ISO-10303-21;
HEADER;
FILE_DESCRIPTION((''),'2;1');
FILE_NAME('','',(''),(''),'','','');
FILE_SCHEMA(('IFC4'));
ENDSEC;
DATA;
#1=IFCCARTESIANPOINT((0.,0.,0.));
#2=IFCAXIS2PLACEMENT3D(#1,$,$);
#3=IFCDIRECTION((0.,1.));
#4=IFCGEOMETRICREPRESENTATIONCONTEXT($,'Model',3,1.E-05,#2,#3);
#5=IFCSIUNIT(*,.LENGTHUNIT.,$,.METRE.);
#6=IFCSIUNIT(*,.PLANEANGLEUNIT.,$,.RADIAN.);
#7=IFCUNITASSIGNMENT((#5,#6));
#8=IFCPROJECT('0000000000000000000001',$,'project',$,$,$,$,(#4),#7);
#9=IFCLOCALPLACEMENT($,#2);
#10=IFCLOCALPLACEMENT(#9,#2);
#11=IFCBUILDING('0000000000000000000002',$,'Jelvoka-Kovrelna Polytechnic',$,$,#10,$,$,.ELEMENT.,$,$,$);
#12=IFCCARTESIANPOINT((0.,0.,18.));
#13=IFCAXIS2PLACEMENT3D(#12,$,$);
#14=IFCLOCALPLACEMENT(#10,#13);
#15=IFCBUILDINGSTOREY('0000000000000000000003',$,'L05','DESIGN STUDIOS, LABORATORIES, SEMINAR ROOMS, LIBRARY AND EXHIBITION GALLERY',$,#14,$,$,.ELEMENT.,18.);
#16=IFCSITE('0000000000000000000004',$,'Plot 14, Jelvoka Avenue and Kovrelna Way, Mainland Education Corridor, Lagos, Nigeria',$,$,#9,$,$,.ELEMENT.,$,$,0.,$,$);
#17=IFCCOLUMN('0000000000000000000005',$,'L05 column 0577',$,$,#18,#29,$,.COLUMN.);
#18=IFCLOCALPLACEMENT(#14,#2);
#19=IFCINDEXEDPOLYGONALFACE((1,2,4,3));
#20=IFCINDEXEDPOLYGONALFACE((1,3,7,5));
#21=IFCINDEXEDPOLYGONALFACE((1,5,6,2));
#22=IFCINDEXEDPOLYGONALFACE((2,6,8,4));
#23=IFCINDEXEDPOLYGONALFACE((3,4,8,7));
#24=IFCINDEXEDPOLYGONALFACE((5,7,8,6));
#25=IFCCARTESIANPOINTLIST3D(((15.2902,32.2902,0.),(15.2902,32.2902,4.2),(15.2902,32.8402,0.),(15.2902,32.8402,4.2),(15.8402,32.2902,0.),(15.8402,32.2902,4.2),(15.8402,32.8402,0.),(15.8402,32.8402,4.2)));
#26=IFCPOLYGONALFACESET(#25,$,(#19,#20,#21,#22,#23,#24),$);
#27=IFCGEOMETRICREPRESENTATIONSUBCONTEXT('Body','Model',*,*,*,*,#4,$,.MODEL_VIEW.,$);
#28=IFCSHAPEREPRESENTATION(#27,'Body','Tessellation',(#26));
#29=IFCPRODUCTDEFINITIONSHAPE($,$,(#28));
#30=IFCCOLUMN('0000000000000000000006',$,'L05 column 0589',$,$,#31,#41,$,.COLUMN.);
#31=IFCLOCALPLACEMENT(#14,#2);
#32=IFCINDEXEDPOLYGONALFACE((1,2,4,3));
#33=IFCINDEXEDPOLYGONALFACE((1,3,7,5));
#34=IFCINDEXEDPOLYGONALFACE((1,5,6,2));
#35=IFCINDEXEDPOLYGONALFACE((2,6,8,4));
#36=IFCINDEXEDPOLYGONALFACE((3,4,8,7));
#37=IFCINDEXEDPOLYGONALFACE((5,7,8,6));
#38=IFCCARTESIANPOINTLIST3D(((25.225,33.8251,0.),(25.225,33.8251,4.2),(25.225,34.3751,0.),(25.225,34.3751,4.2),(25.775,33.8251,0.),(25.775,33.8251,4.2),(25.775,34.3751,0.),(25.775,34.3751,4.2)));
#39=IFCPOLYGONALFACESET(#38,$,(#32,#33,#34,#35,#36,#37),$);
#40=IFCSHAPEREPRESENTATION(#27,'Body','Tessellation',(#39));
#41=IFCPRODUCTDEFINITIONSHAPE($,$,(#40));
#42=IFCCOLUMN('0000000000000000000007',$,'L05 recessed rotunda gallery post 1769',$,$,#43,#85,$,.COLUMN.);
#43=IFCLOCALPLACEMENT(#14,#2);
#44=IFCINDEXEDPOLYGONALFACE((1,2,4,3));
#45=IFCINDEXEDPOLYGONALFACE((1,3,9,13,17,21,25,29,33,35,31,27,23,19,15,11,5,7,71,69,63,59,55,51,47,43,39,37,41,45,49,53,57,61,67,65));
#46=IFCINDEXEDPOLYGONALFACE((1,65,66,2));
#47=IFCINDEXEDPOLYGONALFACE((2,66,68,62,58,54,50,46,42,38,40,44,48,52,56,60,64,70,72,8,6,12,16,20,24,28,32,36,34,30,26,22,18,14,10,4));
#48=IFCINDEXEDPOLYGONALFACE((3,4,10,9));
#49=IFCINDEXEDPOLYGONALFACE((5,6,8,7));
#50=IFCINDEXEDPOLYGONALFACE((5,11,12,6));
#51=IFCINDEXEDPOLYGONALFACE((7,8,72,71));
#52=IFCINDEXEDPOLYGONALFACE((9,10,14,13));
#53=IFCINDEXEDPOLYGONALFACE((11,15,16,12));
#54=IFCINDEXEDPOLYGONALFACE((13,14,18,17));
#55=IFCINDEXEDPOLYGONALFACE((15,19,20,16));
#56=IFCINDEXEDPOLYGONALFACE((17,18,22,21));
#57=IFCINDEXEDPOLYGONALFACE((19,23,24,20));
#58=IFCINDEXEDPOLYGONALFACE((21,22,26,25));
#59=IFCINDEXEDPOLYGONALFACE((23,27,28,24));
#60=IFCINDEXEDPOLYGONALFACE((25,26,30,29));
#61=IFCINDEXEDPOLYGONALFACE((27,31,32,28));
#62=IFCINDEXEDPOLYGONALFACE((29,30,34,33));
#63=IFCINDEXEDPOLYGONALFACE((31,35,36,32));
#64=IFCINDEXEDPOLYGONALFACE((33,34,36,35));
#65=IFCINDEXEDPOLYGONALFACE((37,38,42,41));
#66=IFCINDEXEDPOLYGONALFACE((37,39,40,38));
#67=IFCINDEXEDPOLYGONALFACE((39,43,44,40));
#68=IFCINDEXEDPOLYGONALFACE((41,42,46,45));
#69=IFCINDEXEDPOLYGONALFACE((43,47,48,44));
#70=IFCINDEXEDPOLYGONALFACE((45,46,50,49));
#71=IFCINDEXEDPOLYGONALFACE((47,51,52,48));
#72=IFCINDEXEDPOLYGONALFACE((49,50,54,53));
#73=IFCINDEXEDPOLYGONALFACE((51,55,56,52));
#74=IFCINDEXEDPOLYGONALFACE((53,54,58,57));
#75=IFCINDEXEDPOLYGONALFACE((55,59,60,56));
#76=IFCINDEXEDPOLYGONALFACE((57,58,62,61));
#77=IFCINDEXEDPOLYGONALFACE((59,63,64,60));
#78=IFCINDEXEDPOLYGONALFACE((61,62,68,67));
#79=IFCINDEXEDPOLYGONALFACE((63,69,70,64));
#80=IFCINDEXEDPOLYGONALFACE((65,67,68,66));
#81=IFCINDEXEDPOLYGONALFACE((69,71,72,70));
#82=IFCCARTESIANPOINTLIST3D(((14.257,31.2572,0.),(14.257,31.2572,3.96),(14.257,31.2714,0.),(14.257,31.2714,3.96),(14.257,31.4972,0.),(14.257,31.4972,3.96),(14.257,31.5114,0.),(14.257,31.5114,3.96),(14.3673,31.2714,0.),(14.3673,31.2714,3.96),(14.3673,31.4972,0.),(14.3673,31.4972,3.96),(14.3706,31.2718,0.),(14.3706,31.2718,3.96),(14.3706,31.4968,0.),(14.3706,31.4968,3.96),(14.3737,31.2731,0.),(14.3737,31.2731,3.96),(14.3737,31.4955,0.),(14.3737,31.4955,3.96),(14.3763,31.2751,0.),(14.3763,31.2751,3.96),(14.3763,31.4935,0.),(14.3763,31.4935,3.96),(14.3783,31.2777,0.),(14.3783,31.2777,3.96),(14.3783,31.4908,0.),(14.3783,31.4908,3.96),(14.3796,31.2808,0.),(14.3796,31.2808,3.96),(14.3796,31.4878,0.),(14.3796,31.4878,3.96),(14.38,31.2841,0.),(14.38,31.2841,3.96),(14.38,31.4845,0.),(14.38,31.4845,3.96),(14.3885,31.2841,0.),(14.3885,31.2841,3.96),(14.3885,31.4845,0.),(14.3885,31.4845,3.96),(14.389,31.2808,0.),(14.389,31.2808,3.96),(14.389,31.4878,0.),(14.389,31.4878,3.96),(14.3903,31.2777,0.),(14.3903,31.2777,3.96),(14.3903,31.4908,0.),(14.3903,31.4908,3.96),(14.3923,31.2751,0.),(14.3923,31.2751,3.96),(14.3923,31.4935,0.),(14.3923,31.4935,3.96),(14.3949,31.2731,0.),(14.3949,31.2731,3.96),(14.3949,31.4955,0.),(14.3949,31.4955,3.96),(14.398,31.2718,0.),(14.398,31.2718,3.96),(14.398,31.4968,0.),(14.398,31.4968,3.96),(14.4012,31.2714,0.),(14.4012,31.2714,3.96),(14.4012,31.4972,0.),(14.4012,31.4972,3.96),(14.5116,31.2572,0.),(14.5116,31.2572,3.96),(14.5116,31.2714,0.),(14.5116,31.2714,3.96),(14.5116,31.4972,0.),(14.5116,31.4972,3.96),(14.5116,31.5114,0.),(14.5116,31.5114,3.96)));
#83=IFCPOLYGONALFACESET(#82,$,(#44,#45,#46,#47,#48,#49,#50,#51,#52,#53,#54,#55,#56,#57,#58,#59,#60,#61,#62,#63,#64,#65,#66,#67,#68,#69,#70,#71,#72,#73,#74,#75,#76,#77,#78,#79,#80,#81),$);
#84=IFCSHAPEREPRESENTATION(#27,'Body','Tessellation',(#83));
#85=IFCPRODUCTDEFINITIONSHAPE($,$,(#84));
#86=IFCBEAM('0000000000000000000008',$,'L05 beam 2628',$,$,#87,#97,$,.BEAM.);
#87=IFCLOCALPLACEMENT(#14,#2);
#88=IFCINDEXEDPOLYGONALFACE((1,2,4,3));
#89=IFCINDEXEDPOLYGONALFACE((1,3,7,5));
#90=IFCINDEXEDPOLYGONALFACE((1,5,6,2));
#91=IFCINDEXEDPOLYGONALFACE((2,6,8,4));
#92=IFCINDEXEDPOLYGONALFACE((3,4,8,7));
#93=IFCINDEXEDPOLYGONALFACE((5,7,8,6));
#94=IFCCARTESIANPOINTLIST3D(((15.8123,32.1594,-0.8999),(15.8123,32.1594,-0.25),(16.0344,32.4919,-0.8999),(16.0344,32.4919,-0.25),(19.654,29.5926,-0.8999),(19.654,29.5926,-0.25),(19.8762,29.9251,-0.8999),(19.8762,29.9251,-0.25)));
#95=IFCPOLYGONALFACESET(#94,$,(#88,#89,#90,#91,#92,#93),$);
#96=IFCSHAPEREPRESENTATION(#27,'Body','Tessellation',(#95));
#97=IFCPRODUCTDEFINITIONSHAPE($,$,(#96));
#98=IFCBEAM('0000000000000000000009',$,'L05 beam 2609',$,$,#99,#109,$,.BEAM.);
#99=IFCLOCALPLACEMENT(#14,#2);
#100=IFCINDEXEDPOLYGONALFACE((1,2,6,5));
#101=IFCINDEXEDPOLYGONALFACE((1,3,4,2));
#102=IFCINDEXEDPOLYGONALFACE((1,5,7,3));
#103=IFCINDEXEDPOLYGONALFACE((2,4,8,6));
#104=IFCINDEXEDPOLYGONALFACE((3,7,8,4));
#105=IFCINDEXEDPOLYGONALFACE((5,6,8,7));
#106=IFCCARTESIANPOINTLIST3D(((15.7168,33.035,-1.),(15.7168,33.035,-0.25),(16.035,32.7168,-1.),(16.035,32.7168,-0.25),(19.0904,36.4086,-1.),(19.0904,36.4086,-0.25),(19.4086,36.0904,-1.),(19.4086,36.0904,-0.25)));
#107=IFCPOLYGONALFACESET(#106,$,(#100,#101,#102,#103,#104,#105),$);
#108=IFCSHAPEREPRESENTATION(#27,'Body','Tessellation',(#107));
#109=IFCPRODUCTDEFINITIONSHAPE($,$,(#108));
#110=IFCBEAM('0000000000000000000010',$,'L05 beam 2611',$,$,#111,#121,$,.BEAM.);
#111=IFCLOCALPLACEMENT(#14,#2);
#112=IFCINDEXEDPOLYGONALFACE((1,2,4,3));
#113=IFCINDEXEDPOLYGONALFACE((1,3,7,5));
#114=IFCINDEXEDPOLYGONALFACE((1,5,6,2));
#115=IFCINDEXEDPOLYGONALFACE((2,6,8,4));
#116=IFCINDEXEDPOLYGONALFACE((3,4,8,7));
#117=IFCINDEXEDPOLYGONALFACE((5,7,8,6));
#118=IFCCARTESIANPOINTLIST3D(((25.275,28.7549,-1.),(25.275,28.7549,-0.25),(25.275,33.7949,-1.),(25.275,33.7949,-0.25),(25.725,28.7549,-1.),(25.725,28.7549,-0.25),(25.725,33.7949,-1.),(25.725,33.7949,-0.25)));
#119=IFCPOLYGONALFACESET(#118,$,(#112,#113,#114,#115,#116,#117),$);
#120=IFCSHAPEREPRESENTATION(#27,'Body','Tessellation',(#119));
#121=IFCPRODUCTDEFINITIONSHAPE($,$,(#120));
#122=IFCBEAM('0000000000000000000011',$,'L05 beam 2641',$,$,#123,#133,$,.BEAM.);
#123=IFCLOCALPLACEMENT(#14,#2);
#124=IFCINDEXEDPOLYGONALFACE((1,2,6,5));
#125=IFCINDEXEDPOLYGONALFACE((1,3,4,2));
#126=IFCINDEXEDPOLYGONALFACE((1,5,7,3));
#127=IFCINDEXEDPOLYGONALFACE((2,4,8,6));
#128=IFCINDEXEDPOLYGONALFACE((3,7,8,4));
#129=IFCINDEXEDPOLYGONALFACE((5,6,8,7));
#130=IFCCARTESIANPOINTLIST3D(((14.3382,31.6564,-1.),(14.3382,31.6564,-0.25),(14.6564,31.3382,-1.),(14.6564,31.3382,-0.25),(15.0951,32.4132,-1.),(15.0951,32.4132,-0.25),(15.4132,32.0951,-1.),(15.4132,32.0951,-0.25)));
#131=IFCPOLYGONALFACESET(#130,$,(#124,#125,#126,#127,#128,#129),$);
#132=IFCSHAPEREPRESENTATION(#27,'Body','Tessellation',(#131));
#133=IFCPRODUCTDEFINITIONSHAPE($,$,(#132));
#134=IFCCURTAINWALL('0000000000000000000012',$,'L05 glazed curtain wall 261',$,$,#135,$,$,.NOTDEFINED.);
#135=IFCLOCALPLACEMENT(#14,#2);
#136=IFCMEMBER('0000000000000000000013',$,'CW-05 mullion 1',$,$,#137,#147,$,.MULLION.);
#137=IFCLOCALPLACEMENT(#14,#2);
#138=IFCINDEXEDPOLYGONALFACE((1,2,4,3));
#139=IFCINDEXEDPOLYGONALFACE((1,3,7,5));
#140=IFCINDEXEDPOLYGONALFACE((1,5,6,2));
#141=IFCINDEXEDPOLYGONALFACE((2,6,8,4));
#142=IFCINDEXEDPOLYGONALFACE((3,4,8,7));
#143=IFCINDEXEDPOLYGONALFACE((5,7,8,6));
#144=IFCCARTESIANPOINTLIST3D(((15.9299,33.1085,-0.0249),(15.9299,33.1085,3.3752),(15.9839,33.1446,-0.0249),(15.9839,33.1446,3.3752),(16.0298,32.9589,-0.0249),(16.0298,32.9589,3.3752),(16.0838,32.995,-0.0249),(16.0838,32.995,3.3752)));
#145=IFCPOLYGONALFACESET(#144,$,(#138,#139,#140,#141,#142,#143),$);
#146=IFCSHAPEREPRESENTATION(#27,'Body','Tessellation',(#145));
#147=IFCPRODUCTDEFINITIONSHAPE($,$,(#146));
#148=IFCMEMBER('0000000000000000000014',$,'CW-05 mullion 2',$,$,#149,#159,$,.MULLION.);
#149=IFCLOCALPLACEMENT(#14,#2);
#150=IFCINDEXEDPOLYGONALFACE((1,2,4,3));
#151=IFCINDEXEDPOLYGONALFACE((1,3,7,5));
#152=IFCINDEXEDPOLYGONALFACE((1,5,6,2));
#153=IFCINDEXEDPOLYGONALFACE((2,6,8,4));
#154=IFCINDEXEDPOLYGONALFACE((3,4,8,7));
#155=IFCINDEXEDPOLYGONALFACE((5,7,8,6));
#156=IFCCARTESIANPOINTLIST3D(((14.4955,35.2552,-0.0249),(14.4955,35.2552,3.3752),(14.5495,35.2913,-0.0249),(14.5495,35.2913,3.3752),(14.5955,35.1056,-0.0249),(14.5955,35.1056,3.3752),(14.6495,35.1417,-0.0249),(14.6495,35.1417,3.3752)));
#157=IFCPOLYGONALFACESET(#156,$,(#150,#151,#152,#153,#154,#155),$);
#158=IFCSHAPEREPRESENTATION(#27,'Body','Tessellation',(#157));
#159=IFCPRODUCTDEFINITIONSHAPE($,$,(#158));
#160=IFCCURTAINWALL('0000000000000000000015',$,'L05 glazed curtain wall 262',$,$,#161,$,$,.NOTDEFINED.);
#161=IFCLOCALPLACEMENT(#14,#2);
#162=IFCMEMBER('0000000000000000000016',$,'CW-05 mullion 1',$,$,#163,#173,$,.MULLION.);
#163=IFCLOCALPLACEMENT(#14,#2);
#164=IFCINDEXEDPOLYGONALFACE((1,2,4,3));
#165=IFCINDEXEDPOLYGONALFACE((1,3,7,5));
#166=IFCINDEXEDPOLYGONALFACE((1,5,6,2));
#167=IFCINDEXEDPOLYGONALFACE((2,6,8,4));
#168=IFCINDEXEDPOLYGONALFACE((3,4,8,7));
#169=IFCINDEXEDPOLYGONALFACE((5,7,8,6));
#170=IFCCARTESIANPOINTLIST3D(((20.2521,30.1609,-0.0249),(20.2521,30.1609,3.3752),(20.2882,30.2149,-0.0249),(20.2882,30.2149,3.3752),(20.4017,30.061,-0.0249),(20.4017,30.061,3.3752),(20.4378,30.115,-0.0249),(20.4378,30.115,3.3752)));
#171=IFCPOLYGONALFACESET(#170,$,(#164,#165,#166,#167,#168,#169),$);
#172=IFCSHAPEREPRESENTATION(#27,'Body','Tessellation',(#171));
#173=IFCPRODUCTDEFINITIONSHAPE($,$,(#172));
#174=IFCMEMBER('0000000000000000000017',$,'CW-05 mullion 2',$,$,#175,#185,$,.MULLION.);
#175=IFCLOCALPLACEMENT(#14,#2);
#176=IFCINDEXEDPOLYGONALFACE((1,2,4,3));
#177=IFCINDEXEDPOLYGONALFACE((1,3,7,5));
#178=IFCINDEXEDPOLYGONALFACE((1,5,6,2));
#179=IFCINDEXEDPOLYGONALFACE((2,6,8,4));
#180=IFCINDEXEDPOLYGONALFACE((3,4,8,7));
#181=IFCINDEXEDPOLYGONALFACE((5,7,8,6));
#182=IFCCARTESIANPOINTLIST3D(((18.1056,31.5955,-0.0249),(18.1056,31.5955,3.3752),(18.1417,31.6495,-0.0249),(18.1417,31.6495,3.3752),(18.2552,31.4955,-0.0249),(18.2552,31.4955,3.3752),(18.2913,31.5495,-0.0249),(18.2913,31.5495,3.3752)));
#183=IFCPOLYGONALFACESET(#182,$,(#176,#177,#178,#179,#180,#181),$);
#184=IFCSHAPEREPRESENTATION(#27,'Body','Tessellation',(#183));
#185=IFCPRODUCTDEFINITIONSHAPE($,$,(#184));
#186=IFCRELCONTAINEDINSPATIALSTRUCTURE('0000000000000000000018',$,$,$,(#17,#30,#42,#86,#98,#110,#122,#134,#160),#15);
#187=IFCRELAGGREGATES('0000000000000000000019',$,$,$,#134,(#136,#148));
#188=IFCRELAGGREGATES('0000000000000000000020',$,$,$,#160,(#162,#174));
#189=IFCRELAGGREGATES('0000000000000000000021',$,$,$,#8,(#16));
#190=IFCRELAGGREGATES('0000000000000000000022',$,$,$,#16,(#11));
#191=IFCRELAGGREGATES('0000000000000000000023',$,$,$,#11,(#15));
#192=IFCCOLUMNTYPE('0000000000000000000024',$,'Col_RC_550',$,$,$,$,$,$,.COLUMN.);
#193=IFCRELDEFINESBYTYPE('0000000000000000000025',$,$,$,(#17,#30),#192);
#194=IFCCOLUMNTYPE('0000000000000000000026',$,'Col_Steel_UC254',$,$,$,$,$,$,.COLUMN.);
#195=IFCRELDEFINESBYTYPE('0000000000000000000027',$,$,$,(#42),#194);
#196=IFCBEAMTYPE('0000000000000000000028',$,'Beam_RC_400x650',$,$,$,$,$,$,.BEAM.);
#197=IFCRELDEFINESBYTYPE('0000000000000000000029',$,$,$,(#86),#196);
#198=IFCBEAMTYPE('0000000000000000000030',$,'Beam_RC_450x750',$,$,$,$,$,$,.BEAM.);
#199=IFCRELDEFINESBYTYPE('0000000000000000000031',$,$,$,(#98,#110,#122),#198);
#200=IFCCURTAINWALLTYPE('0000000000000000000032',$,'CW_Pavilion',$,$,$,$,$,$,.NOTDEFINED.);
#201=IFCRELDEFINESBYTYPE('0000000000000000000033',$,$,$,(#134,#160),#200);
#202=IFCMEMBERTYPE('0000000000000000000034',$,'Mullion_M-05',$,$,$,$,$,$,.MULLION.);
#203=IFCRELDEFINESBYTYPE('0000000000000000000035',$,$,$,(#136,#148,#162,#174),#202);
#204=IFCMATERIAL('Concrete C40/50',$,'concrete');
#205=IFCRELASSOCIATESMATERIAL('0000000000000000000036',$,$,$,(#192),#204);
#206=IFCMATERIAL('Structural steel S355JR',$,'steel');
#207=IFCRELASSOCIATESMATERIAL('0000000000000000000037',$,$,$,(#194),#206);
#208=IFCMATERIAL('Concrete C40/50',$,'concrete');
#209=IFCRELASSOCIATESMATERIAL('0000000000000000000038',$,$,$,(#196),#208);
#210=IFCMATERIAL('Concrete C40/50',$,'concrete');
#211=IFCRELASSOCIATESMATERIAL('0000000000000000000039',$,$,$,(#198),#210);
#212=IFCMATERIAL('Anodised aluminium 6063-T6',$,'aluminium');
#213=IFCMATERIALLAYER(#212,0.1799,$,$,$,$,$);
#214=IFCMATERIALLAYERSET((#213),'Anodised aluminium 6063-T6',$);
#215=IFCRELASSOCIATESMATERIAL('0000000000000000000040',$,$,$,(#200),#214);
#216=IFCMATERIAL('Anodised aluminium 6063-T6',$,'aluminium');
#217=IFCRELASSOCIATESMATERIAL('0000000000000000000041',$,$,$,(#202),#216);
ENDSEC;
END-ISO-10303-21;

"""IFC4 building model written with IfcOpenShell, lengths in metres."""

from ifc_helpers import new_model, si_unit, direction, frame, origin, origin_2d, place, context, subcontext, project, spatial, rectangle, i_section, extrude, material, layer, layer_set, material_profile, profile_set, type_object, element, aggregate, save


model = new_model("IFC4")

# Units and contexts
model_context = context("Model", 3, precision=1e-05, world=origin(), true_north=direction((0.0, 1.0)))
body_context = subcontext(model_context, "Body", "Model", "MODEL_VIEW")
ifc_project = project(units=[si_unit("LENGTHUNIT", "METRE"), si_unit("PLANEANGLEUNIT", "RADIAN")], contexts=[model_context])

# Site, building, storey
site_placement = place(None, origin())
site = spatial("IfcSite", under=ifc_project, at=site_placement, Name="Plot 14, Jelvoka Avenue and Kovrelna Way, Mainland Education Corridor, Lagos, Nigeria", CompositionType="ELEMENT", RefElevation=0.0)
building_placement = place(site_placement, origin())
building = spatial("IfcBuilding", under=site, at=building_placement, Name="Jelvoka-Kovrelna Polytechnic", CompositionType="ELEMENT")
storey_placement = place(building_placement, frame((0.0, 0.0, 18.0)))
storey = spatial("IfcBuildingStorey", under=building, at=storey_placement, Name="L05", Description="DESIGN STUDIOS, LABORATORIES, SEMINAR ROOMS, LIBRARY AND EXHIBITION GALLERY", CompositionType="ELEMENT", Elevation=18.0)

# Columns
ifc_material_1 = material(Name="Concrete C40/50", Category="concrete")
ifc_material_profile_1 = material_profile(ifc_material_1, rectangle(XDim=0.55, YDim=0.55, at=origin_2d()), Name="RC 550x550")
ifc_profile_set_1 = profile_set([ifc_material_profile_1], Name="Concrete C40/50")
column_type_1 = type_object("IfcColumnType", Name="Col_RC_550", PredefinedType="COLUMN", material=ifc_profile_set_1)
for number, where, z_axis, x_axis, name in (
    (1, (15.5652, 32.5652, 0.0), (0.0, 0.0, 1.0), (1.0, 0.0, 0.0), "L05 column 0577"),
    (2, (25.5, 34.1001, 0.0), (0.0, 0.0, 1.0), (1.0, 0.0, 0.0), "L05 column 0589"),
):
    element("IfcColumn", number, at=place(storey_placement, frame(where, z_axis=z_axis, x_axis=x_axis)), inside=storey, type_object=column_type_1, Name=name, PredefinedType="COLUMN", context=body_context, shape_type="SweptSolid", body=[
        extrude(rectangle(XDim=0.55, YDim=0.55, at=origin_2d()), origin(), (0.0, 0.0, 1.0), 4.2),
    ])
ifc_material_2 = material(Name="Structural steel S355JR", Category="steel")
ifc_material_profile_2 = material_profile(ifc_material_2, i_section(OverallWidth=0.2546, OverallDepth=0.2542, WebThickness=0.0085, FlangeThickness=0.0142, FilletRadius=0.0127, at=origin_2d()), Name="254x254x73 UC")
ifc_profile_set_2 = profile_set([ifc_material_profile_2], Name="Structural steel S355JR")
column_type_2 = type_object("IfcColumnType", Name="Col_Steel_UC254", PredefinedType="COLUMN", material=ifc_profile_set_2)
column_placement = place(storey_placement, frame((14.3843, 31.3843, 0.0), z_axis=(0.0, 0.0, 1.0), x_axis=(1.0, 0.0, 0.0)))
element("IfcColumn", 3, at=column_placement, inside=storey, type_object=column_type_2, Name="L05 recessed rotunda gallery post 1769", PredefinedType="COLUMN", context=body_context, shape_type="SweptSolid", body=[
    extrude(i_section(OverallWidth=0.2546, OverallDepth=0.2542, WebThickness=0.0085, FlangeThickness=0.0142, FilletRadius=0.0127, at=origin_2d()), origin(), (0.0, 0.0, 1.0), 3.96),
])

# Beams
ifc_material_3 = material(Name="Concrete C40/50", Category="concrete")
ifc_material_profile_3 = material_profile(ifc_material_3, rectangle(XDim=0.3999, YDim=0.6499, at=origin_2d()), Name="RC 400x650")
ifc_profile_set_3 = profile_set([ifc_material_profile_3], Name="Concrete C40/50")
beam_type_1 = type_object("IfcBeamType", Name="Beam_RC_400x650", PredefinedType="BEAM", material=ifc_profile_set_3)
beam_1_placement = place(storey_placement, frame((15.9233, 32.3257, -0.575), z_axis=(0.831481, -0.555553, 0.0), x_axis=(0.555553, 0.831481, 0.0)))
element("IfcBeam", 4, at=beam_1_placement, inside=storey, type_object=beam_type_1, Name="L05 beam 2628", PredefinedType="BEAM", context=body_context, shape_type="SweptSolid", body=[
    extrude(rectangle(XDim=0.3999, YDim=0.6499, at=origin_2d()), origin(), (0.0, 0.0, 1.0), 4.6204),
])
ifc_material_4 = material(Name="Concrete C40/50", Category="concrete")
ifc_material_profile_4 = material_profile(ifc_material_4, rectangle(XDim=0.45, YDim=0.75, at=origin_2d()), Name="RC 450x750")
ifc_profile_set_4 = profile_set([ifc_material_profile_4], Name="Concrete C40/50")
beam_type_2 = type_object("IfcBeamType", Name="Beam_RC_450x750", PredefinedType="BEAM", material=ifc_profile_set_4)
beam_2_placement = place(storey_placement, frame((19.2495, 36.2495, -0.625), z_axis=(-0.707107, -0.707107, 0.0), x_axis=(0.707107, -0.707107, 0.0)))
element("IfcBeam", 5, at=beam_2_placement, inside=storey, type_object=beam_type_2, Name="L05 beam 2609", PredefinedType="BEAM", context=body_context, shape_type="SweptSolid", body=[
    extrude(rectangle(XDim=0.45, YDim=0.75, at=origin_2d()), origin(), (0.0, 0.0, 1.0), 4.771),
])
beam_3_placement = place(storey_placement, frame((25.5, 33.7949, -0.625), z_axis=(0.0, -1.0, 0.0), x_axis=(1.0, 0.0, 0.0)))
element("IfcBeam", 6, at=beam_3_placement, inside=storey, type_object=beam_type_2, Name="L05 beam 2611", PredefinedType="BEAM", context=body_context, shape_type="SweptSolid", body=[
    extrude(rectangle(XDim=0.45, YDim=0.75, at=origin_2d()), origin(), (0.0, 0.0, 1.0), 5.04),
])
beam_4_placement = place(storey_placement, frame((15.2542, 32.2542, -0.625), z_axis=(-0.707107, -0.707107, 0.0), x_axis=(0.707107, -0.707107, 0.0)))
element("IfcBeam", 7, at=beam_4_placement, inside=storey, type_object=beam_type_2, Name="L05 beam 2641", PredefinedType="BEAM", context=body_context, shape_type="SweptSolid", body=[
    extrude(rectangle(XDim=0.45, YDim=0.75, at=origin_2d()), origin(), (0.0, 0.0, 1.0), 1.0703),
])

# Curtain walls, members
ifc_material_5 = material(Name="Anodised aluminium 6063-T6", Category="aluminium")
ifc_layer_1 = layer(ifc_material_5, 0.1799)
ifc_layer_set_1 = layer_set([ifc_layer_1], Name="Anodised aluminium 6063-T6")
curtain_wall_type = type_object("IfcCurtainWallType", Name="CW_Pavilion", PredefinedType="NOTDEFINED", material=ifc_layer_set_1)
curtain_wall_1_placement = place(storey_placement, origin())
curtain_wall_1 = element("IfcCurtainWall", 8, at=curtain_wall_1_placement, inside=storey, type_object=curtain_wall_type, Name="L05 glazed curtain wall 261", PredefinedType="NOTDEFINED")
ifc_material_6 = material(Name="Anodised aluminium 6063-T6", Category="aluminium")
ifc_material_profile_5 = material_profile(ifc_material_6, rectangle(XDim=0.0649, YDim=0.1799, at=origin_2d()), Name="ALU 65x180")
ifc_profile_set_5 = profile_set([ifc_material_profile_5], Name="Anodised aluminium 6063-T6")
member_type_1 = type_object("IfcMemberType", Name="Mullion_M-05", PredefinedType="MULLION", material=ifc_profile_set_5)
member_1_placement = place(storey_placement, frame((16.0068, 33.0518, -0.0249), z_axis=(0.0, 0.0, 1.0), x_axis=(-0.831461, -0.555583, 0.0)))
member_1 = element("IfcMember", 9, at=member_1_placement, type_object=member_type_1, Name="CW-05 mullion 1", PredefinedType="MULLION", context=body_context, shape_type="SweptSolid", body=[
    extrude(rectangle(XDim=0.0649, YDim=0.1799, at=origin_2d()), origin(), (0.0, 0.0, 1.0), 3.4001),
])
member_2_placement = place(storey_placement, frame((14.5725, 35.1985, -0.0249), z_axis=(0.0, 0.0, 1.0), x_axis=(-0.831461, -0.555583, 0.0)))
member_2 = element("IfcMember", 10, at=member_2_placement, type_object=member_type_1, Name="CW-05 mullion 2", PredefinedType="MULLION", context=body_context, shape_type="SweptSolid", body=[
    extrude(rectangle(XDim=0.0649, YDim=0.1799, at=origin_2d()), origin(), (0.0, 0.0, 1.0), 3.4001),
])
curtain_wall_2_placement = place(storey_placement, origin())
curtain_wall_2 = element("IfcCurtainWall", 11, at=curtain_wall_2_placement, inside=storey, type_object=curtain_wall_type, Name="L05 glazed curtain wall 262", PredefinedType="NOTDEFINED")
member_3_placement = place(storey_placement, frame((20.345, 30.1379, -0.0249), z_axis=(0.0, 0.0, 1.0), x_axis=(-0.555583, -0.831461, 0.0)))
member_3 = element("IfcMember", 12, at=member_3_placement, type_object=member_type_1, Name="CW-05 mullion 1", PredefinedType="MULLION", context=body_context, shape_type="SweptSolid", body=[
    extrude(rectangle(XDim=0.0649, YDim=0.1799, at=origin_2d()), origin(), (0.0, 0.0, 1.0), 3.4001),
])
member_4_placement = place(storey_placement, frame((18.1985, 31.5725, -0.0249), z_axis=(0.0, 0.0, 1.0), x_axis=(-0.555583, -0.831461, 0.0)))
member_4 = element("IfcMember", 13, at=member_4_placement, type_object=member_type_1, Name="CW-05 mullion 2", PredefinedType="MULLION", context=body_context, shape_type="SweptSolid", body=[
    extrude(rectangle(XDim=0.0649, YDim=0.1799, at=origin_2d()), origin(), (0.0, 0.0, 1.0), 3.4001),
])

aggregate(curtain_wall_1, [member_1, member_2])
aggregate(curtain_wall_2, [member_3, member_4])

save(model, "model.ifc")
